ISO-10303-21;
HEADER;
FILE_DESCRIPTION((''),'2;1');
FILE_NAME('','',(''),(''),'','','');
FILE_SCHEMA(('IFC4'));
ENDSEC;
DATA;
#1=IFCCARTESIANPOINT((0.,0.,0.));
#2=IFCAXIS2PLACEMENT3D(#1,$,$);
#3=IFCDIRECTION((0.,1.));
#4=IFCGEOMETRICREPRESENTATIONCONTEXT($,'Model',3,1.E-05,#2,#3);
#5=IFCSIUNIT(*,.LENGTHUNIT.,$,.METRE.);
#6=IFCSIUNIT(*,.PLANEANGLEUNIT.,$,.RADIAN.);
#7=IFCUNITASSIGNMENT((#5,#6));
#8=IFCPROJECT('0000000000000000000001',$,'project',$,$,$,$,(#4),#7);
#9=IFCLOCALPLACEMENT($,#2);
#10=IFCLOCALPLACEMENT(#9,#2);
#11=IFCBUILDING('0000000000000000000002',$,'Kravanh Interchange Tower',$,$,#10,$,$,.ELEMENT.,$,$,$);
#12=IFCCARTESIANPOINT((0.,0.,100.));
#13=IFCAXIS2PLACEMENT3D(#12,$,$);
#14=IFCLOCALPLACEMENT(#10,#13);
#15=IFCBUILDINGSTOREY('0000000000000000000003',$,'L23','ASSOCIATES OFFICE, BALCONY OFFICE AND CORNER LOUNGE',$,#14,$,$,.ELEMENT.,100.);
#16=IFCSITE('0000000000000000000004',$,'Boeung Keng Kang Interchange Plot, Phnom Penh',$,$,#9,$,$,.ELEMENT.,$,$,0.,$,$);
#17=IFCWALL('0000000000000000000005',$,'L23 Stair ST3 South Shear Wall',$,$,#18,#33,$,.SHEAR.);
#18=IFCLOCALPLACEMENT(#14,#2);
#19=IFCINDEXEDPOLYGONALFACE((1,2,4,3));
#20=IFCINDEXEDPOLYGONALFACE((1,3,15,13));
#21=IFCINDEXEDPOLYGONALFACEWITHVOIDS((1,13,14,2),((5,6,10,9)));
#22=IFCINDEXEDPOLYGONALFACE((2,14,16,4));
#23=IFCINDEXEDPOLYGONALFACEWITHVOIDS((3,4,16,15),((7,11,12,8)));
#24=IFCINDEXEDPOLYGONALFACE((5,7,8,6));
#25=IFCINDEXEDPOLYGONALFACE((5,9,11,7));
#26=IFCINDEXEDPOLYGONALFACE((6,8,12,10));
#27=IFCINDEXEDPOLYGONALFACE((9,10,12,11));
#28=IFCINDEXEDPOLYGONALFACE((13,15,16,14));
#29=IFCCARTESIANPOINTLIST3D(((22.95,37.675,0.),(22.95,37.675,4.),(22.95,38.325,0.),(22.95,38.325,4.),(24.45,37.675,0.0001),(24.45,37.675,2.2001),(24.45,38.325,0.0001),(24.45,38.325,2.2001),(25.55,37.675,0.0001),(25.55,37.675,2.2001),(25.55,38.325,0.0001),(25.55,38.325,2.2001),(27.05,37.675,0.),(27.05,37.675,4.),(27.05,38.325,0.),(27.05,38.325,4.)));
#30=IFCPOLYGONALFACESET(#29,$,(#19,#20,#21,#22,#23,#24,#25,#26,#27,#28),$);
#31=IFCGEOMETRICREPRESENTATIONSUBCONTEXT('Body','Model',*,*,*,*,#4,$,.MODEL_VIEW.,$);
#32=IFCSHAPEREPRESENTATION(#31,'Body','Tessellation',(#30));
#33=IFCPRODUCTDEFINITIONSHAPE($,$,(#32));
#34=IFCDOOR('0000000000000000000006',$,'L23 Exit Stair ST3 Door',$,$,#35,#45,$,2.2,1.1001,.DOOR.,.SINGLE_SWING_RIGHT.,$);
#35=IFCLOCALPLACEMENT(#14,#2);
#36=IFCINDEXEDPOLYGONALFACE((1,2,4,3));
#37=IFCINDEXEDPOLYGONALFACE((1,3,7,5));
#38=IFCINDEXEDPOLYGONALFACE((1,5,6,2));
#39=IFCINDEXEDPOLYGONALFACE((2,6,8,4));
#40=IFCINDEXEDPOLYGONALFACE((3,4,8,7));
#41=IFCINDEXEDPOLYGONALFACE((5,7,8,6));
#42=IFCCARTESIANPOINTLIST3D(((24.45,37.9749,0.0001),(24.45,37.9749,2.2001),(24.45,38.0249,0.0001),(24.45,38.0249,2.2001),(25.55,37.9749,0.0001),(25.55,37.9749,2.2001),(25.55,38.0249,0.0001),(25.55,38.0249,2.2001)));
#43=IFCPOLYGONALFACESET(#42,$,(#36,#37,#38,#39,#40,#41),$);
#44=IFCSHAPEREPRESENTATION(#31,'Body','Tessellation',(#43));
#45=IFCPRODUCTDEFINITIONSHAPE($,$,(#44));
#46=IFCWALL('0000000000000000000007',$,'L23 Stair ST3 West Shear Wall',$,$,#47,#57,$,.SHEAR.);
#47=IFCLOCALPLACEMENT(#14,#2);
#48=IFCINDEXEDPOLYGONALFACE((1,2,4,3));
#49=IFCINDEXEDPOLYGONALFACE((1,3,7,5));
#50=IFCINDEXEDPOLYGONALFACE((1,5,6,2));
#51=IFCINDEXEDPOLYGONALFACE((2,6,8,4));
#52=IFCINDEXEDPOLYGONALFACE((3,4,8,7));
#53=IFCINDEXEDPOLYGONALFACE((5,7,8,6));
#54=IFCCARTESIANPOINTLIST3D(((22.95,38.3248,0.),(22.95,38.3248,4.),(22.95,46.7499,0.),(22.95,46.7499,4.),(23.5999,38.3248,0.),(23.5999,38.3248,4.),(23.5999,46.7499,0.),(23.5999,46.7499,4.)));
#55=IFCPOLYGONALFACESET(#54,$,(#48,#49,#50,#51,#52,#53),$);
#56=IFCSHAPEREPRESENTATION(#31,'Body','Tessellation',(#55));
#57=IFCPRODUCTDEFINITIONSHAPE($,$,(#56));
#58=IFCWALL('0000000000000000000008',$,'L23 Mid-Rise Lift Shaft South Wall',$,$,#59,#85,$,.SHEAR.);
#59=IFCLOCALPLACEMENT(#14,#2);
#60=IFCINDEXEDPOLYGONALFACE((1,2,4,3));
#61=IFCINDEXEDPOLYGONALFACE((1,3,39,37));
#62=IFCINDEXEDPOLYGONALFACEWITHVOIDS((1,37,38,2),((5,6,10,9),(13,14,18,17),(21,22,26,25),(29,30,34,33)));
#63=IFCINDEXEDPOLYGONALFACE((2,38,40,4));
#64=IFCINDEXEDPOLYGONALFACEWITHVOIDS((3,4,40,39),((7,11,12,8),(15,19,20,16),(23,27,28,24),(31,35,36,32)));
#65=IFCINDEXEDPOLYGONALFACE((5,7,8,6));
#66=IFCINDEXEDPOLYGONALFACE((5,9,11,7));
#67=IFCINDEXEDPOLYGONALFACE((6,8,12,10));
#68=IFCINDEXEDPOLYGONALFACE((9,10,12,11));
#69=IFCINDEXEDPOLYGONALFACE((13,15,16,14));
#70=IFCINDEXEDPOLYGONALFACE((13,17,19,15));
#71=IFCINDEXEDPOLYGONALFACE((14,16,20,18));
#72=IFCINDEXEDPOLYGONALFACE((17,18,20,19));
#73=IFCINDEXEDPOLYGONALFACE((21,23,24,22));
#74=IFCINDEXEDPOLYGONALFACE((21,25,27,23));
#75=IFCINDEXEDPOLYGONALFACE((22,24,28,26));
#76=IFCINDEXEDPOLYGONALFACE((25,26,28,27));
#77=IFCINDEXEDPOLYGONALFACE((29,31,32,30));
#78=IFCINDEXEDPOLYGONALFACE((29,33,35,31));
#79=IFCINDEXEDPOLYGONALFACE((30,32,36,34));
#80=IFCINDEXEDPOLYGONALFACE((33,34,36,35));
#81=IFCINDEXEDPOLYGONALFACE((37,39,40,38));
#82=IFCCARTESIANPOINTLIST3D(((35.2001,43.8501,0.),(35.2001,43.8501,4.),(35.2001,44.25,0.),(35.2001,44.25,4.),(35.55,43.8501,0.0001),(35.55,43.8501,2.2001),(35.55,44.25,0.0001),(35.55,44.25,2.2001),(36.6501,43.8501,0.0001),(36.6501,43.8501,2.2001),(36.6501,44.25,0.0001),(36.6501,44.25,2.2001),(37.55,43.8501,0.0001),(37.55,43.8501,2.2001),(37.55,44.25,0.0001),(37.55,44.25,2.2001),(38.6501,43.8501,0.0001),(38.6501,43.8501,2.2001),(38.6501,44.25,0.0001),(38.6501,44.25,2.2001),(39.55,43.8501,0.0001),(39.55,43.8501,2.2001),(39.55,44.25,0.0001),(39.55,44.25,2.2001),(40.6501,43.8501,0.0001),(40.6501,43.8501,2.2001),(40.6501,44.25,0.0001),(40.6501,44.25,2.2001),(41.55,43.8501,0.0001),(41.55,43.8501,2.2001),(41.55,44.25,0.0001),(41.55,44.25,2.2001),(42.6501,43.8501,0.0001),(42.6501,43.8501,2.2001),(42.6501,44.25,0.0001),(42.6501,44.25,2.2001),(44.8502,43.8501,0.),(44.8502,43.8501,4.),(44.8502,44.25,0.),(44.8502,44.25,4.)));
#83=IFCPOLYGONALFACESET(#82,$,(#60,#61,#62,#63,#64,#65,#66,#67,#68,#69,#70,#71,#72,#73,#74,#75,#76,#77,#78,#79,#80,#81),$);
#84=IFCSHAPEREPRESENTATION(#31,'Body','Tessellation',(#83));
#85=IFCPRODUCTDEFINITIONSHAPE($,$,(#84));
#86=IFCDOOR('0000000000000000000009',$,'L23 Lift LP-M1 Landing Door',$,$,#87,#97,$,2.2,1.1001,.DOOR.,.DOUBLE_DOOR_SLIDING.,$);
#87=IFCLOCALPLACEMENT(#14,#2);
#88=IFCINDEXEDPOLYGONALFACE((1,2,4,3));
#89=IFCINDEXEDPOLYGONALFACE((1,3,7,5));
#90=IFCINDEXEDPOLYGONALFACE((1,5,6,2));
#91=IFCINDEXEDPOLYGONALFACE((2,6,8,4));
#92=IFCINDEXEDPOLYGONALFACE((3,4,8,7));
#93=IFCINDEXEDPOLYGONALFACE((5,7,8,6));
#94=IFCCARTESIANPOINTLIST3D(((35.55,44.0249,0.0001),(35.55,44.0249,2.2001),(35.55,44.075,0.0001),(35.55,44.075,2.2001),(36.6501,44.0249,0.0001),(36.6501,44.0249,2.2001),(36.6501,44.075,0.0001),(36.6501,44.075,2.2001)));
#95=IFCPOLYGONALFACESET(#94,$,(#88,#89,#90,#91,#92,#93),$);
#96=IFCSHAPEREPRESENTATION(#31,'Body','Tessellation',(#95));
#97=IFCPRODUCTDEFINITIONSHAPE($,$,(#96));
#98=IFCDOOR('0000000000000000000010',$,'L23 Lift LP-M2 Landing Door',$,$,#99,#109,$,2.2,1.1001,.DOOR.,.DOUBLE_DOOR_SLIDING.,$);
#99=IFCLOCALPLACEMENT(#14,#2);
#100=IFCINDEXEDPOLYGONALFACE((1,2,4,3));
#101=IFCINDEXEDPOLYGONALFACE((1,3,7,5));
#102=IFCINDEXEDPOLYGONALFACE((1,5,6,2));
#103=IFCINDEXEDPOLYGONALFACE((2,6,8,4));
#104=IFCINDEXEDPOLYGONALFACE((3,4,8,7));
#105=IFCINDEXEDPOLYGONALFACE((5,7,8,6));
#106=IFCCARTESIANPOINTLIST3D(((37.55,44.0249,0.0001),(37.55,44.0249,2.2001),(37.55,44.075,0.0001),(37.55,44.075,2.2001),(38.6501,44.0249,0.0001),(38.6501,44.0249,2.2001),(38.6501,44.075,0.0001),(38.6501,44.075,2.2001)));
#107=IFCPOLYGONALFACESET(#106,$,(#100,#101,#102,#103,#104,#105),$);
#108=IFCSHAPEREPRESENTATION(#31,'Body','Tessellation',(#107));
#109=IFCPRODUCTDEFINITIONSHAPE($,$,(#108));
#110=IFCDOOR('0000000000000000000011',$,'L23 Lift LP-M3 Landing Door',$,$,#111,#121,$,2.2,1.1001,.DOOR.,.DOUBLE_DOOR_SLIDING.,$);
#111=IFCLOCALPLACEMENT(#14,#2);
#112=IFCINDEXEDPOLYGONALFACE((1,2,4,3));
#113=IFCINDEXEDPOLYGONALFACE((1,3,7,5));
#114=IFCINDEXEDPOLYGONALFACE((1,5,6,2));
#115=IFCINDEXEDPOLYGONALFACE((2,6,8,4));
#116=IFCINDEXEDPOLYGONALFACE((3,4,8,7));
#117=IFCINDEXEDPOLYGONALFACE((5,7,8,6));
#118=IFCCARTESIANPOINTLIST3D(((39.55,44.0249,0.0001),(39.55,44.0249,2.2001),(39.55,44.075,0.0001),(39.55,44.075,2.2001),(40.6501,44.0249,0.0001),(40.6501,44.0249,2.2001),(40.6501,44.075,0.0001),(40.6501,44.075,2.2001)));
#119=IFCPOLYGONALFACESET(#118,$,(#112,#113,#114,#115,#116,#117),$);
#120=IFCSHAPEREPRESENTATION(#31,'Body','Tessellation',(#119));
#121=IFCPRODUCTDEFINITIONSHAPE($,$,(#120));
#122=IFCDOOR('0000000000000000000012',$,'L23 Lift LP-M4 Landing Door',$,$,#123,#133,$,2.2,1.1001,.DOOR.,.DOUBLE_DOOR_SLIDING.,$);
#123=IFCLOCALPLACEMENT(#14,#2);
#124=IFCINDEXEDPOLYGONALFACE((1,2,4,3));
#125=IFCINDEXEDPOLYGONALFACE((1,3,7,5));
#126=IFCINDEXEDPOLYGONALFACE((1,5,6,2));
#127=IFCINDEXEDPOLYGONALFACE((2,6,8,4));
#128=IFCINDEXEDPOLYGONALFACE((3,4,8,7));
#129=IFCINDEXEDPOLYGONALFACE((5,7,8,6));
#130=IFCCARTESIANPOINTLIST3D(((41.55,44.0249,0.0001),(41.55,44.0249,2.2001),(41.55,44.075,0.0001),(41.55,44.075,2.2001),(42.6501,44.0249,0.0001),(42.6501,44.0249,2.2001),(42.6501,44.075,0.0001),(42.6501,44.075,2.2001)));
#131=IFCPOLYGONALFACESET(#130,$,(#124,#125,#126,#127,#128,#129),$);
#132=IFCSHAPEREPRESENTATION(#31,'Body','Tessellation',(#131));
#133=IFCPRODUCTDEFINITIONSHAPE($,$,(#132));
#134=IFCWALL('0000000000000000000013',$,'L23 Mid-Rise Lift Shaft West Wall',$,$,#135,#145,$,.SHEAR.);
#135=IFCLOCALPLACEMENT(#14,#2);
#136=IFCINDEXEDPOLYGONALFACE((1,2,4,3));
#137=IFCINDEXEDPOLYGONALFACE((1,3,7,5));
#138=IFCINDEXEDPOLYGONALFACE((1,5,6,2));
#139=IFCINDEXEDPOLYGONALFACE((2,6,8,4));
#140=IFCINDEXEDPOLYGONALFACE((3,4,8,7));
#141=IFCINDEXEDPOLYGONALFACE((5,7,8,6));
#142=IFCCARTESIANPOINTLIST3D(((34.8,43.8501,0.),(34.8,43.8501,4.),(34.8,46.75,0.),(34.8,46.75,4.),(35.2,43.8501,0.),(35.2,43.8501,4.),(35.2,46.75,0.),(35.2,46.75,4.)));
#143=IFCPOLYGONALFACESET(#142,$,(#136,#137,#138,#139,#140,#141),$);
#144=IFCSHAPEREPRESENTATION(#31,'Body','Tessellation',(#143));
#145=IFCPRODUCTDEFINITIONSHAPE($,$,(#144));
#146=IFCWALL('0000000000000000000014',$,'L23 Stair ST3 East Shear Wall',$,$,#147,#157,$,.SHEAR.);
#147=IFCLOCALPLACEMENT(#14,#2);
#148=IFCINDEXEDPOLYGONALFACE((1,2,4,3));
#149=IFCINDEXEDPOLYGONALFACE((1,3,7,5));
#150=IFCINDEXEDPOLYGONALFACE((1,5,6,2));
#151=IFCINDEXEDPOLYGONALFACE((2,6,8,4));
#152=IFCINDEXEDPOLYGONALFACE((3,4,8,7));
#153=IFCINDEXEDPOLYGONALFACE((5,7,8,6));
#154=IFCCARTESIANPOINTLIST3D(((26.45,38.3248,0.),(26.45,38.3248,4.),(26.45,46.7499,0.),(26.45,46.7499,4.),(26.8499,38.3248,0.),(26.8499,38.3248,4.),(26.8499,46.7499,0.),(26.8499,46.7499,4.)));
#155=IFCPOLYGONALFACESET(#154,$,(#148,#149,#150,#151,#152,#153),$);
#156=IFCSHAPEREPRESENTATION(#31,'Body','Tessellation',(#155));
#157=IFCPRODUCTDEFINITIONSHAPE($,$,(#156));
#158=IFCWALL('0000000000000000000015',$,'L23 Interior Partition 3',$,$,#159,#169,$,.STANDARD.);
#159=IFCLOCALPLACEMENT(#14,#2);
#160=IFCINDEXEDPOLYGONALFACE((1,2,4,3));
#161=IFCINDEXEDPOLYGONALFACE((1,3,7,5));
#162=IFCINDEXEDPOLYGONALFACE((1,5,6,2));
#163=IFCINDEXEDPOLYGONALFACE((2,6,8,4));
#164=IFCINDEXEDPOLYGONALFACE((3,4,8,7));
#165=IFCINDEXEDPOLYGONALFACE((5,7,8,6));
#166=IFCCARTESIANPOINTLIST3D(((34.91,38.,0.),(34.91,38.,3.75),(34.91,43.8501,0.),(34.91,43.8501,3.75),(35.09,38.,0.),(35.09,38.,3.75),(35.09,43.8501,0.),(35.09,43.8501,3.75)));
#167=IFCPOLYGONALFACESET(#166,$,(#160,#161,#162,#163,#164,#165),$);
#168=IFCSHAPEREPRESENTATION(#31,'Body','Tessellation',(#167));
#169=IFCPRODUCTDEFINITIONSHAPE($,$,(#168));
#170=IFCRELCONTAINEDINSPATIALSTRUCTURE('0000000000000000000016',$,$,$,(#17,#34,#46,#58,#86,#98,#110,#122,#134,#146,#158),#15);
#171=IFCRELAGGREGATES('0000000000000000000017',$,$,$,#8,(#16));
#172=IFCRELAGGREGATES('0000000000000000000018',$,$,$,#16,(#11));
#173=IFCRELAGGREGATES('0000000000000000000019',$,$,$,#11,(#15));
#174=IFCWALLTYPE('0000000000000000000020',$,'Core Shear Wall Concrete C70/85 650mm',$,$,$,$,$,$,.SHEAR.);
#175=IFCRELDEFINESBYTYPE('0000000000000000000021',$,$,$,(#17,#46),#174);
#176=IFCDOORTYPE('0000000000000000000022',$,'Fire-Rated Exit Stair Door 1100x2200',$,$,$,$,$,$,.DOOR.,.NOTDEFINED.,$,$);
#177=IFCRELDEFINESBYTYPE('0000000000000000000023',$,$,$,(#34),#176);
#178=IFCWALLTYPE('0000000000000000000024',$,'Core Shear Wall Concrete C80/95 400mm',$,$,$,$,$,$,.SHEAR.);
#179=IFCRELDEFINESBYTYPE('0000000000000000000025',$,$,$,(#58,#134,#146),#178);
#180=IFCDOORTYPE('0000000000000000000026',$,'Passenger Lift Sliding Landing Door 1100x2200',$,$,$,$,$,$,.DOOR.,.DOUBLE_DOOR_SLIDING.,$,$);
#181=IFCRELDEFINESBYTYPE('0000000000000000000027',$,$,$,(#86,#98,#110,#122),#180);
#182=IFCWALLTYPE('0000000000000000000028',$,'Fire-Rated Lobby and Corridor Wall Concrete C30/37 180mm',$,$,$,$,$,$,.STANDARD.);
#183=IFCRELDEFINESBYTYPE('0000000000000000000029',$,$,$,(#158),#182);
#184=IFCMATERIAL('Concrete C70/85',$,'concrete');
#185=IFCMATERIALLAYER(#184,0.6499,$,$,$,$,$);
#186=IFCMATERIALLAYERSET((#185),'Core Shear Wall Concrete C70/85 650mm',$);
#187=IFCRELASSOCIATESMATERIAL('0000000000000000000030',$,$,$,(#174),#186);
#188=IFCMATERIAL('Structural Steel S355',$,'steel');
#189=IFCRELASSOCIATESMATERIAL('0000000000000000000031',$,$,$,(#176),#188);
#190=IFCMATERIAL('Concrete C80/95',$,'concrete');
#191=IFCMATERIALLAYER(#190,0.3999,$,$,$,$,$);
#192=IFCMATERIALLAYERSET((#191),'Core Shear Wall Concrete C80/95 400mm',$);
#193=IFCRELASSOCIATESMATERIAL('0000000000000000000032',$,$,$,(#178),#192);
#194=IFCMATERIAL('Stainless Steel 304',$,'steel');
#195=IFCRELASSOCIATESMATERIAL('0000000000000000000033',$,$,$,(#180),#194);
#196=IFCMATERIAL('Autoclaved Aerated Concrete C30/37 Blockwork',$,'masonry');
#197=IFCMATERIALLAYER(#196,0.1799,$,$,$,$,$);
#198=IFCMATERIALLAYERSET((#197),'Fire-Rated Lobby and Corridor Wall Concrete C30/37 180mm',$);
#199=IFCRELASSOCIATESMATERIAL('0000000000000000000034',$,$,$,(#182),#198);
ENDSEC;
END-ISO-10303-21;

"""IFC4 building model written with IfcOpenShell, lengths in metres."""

from ifc_helpers import new_model, si_unit, direction, frame, frame_2d, origin, place, context, subcontext, project, spatial, rectangle, extrude, material, layer, layer_set, type_object, element, fill, save


model = new_model("IFC4")

# Units and contexts
model_context = context("Model", 3, precision=1e-05, world=origin(), true_north=direction((0.0, 1.0)))
body_context = subcontext(model_context, "Body", "Model", "MODEL_VIEW")
ifc_project = project(units=[si_unit("LENGTHUNIT", "METRE"), si_unit("PLANEANGLEUNIT", "RADIAN")], contexts=[model_context])

# Site, building, storey
site_placement = place(None, origin())
site = spatial("IfcSite", under=ifc_project, at=site_placement, Name="Boeung Keng Kang Interchange Plot, Phnom Penh", CompositionType="ELEMENT", RefElevation=0.0)
building_placement = place(site_placement, origin())
building = spatial("IfcBuilding", under=site, at=building_placement, Name="Kravanh Interchange Tower", CompositionType="ELEMENT")
storey_placement = place(building_placement, frame((0.0, 0.0, 100.0)))
storey = spatial("IfcBuildingStorey", under=building, at=storey_placement, Name="L23", Description="ASSOCIATES OFFICE, BALCONY OFFICE AND CORNER LOUNGE", CompositionType="ELEMENT", Elevation=100.0)

# Wall, opening, door
ifc_material_1 = material(Name="Concrete C70/85", Category="concrete")
ifc_layer_1 = layer(ifc_material_1, 0.6499)
ifc_layer_set_1 = layer_set([ifc_layer_1], Name="Core Shear Wall Concrete C70/85 650mm")
wall_type_1 = type_object("IfcWallType", Name="Core Shear Wall Concrete C70/85 650mm", PredefinedType="SHEAR", material=ifc_layer_set_1)
wall_1_placement = place(storey_placement, frame((22.95, 38.0, 0.0), z_axis=(0.0, 0.0, 1.0), x_axis=(1.0, 0.0, 0.0)))
wall_1 = element("IfcWall", 1, at=wall_1_placement, inside=storey, type_object=wall_type_1, Name="L23 Stair ST3 South Shear Wall", PredefinedType="SHEAR", context=body_context, shape_type="SweptSolid", body=[
    extrude(rectangle(XDim=4.1001, YDim=0.6499, at=frame_2d((2.05, 0.0))), origin(), (0.0, 0.0, 1.0), 4.0),
])
opening_1_placement = place(wall_1_placement, frame((1.5, 0.0, 0.0)))
opening_1 = element("IfcOpeningElement", 2, at=opening_1_placement, cuts=wall_1, PredefinedType="OPENING", context=body_context, shape_type="SweptSolid", body=[
    extrude(rectangle(XDim=1.1001, YDim=2.2, at=frame_2d((0.55, 1.1001))), frame((0.0, 0.335, 0.0), z_axis=(0.0, -1.0, 0.0), x_axis=(1.0, 0.0, 0.0)), (0.0, 0.0, 1.0), 0.6699),
])
ifc_material_2 = material(Name="Structural Steel S355", Category="steel")
door_type_1 = type_object("IfcDoorType", Name="Fire-Rated Exit Stair Door 1100x2200", OperationType="NOTDEFINED", PredefinedType="DOOR", material=ifc_material_2)
door_1_placement = place(opening_1_placement, origin())
door_1 = element("IfcDoor", 3, at=door_1_placement, inside=storey, type_object=door_type_1, Name="L23 Exit Stair ST3 Door", OperationType="SINGLE_SWING_RIGHT", OverallHeight=2.2, OverallWidth=1.1001, PredefinedType="DOOR", context=body_context, shape_type="SweptSolid", body=[
    extrude(rectangle(XDim=1.1001, YDim=2.2, at=frame_2d((0.55, 1.1001))), frame((0.0, 0.0249, 0.0), z_axis=(0.0, -1.0, 0.0), x_axis=(1.0, 0.0, 0.0)), (0.0, 0.0, 1.0), 0.05),
])
fill(opening_1, door_1)

# Wall
wall_2_placement = place(storey_placement, frame((23.2749, 38.325, 0.0), z_axis=(0.0, 0.0, 1.0), x_axis=(0.0, 1.0, 0.0)))
element("IfcWall", 4, at=wall_2_placement, inside=storey, type_object=wall_type_1, Name="L23 Stair ST3 West Shear Wall", PredefinedType="SHEAR", context=body_context, shape_type="SweptSolid", body=[
    extrude(rectangle(XDim=8.425, YDim=0.6499, at=frame_2d((4.2124, 0.0))), origin(), (0.0, 0.0, 1.0), 4.0),
])

# Wall, openings, doors
ifc_material_3 = material(Name="Concrete C80/95", Category="concrete")
ifc_layer_2 = layer(ifc_material_3, 0.3999)
ifc_layer_set_2 = layer_set([ifc_layer_2], Name="Core Shear Wall Concrete C80/95 400mm")
wall_type_2 = type_object("IfcWallType", Name="Core Shear Wall Concrete C80/95 400mm", PredefinedType="SHEAR", material=ifc_layer_set_2)
wall_3_placement = place(storey_placement, frame((35.2, 44.05, 0.0), z_axis=(0.0, 0.0, 1.0), x_axis=(1.0, 0.0, 0.0)))
wall_3 = element("IfcWall", 5, at=wall_3_placement, inside=storey, type_object=wall_type_2, Name="L23 Mid-Rise Lift Shaft South Wall", PredefinedType="SHEAR", context=body_context, shape_type="SweptSolid", body=[
    extrude(rectangle(XDim=9.6501, YDim=0.3999, at=frame_2d((4.8252, 0.0))), origin(), (0.0, 0.0, 1.0), 4.0),
])
opening_2_placement = place(wall_3_placement, frame((0.3501, 0.0, 0.0)))
opening_2 = element("IfcOpeningElement", 6, at=opening_2_placement, cuts=wall_3, PredefinedType="OPENING", context=body_context, shape_type="SweptSolid", body=[
    extrude(rectangle(XDim=1.1001, YDim=2.2, at=frame_2d((0.55, 1.1001))), frame((0.0, 0.21, 0.0), z_axis=(0.0, -1.0, 0.0), x_axis=(1.0, 0.0, 0.0)), (0.0, 0.0, 1.0), 0.4199),
])
opening_3_placement = place(wall_3_placement, frame((2.3501, 0.0, 0.0)))
opening_3 = element("IfcOpeningElement", 7, at=opening_3_placement, cuts=wall_3, PredefinedType="OPENING", context=body_context, shape_type="SweptSolid", body=[
    extrude(rectangle(XDim=1.1001, YDim=2.2, at=frame_2d((0.55, 1.1001))), frame((0.0, 0.21, 0.0), z_axis=(0.0, -1.0, 0.0), x_axis=(1.0, 0.0, 0.0)), (0.0, 0.0, 1.0), 0.4199),
])
opening_4_placement = place(wall_3_placement, frame((4.3501, 0.0, 0.0)))
opening_4 = element("IfcOpeningElement", 8, at=opening_4_placement, cuts=wall_3, PredefinedType="OPENING", context=body_context, shape_type="SweptSolid", body=[
    extrude(rectangle(XDim=1.1001, YDim=2.2, at=frame_2d((0.55, 1.1001))), frame((0.0, 0.21, 0.0), z_axis=(0.0, -1.0, 0.0), x_axis=(1.0, 0.0, 0.0)), (0.0, 0.0, 1.0), 0.4199),
])
opening_5_placement = place(wall_3_placement, frame((6.3501, 0.0, 0.0)))
opening_5 = element("IfcOpeningElement", 9, at=opening_5_placement, cuts=wall_3, PredefinedType="OPENING", context=body_context, shape_type="SweptSolid", body=[
    extrude(rectangle(XDim=1.1001, YDim=2.2, at=frame_2d((0.55, 1.1001))), frame((0.0, 0.21, 0.0), z_axis=(0.0, -1.0, 0.0), x_axis=(1.0, 0.0, 0.0)), (0.0, 0.0, 1.0), 0.4199),
])
ifc_material_4 = material(Name="Stainless Steel 304", Category="steel")
door_type_2 = type_object("IfcDoorType", Name="Passenger Lift Sliding Landing Door 1100x2200", OperationType="DOUBLE_DOOR_SLIDING", PredefinedType="DOOR", material=ifc_material_4)
door_2_placement = place(opening_2_placement, origin())
door_2 = element("IfcDoor", 10, at=door_2_placement, inside=storey, type_object=door_type_2, Name="L23 Lift LP-M1 Landing Door", OperationType="DOUBLE_DOOR_SLIDING", OverallHeight=2.2, OverallWidth=1.1001, PredefinedType="DOOR", context=body_context, shape_type="SweptSolid", body=[
    extrude(rectangle(XDim=1.1001, YDim=2.2, at=frame_2d((0.55, 1.1001))), frame((0.0, 0.0249, 0.0), z_axis=(0.0, -1.0, 0.0), x_axis=(1.0, 0.0, 0.0)), (0.0, 0.0, 1.0), 0.05),
])
fill(opening_2, door_2)
door_3_placement = place(opening_3_placement, origin())
door_3 = element("IfcDoor", 11, at=door_3_placement, inside=storey, type_object=door_type_2, Name="L23 Lift LP-M2 Landing Door", OperationType="DOUBLE_DOOR_SLIDING", OverallHeight=2.2, OverallWidth=1.1001, PredefinedType="DOOR", context=body_context, shape_type="SweptSolid", body=[
    extrude(rectangle(XDim=1.1001, YDim=2.2, at=frame_2d((0.55, 1.1001))), frame((0.0, 0.0249, 0.0), z_axis=(0.0, -1.0, 0.0), x_axis=(1.0, 0.0, 0.0)), (0.0, 0.0, 1.0), 0.05),
])
fill(opening_3, door_3)
door_4_placement = place(opening_4_placement, origin())
door_4 = element("IfcDoor", 12, at=door_4_placement, inside=storey, type_object=door_type_2, Name="L23 Lift LP-M3 Landing Door", OperationType="DOUBLE_DOOR_SLIDING", OverallHeight=2.2, OverallWidth=1.1001, PredefinedType="DOOR", context=body_context, shape_type="SweptSolid", body=[
    extrude(rectangle(XDim=1.1001, YDim=2.2, at=frame_2d((0.55, 1.1001))), frame((0.0, 0.0249, 0.0), z_axis=(0.0, -1.0, 0.0), x_axis=(1.0, 0.0, 0.0)), (0.0, 0.0, 1.0), 0.05),
])
fill(opening_4, door_4)
door_5_placement = place(opening_5_placement, origin())
door_5 = element("IfcDoor", 13, at=door_5_placement, inside=storey, type_object=door_type_2, Name="L23 Lift LP-M4 Landing Door", OperationType="DOUBLE_DOOR_SLIDING", OverallHeight=2.2, OverallWidth=1.1001, PredefinedType="DOOR", context=body_context, shape_type="SweptSolid", body=[
    extrude(rectangle(XDim=1.1001, YDim=2.2, at=frame_2d((0.55, 1.1001))), frame((0.0, 0.0249, 0.0), z_axis=(0.0, -1.0, 0.0), x_axis=(1.0, 0.0, 0.0)), (0.0, 0.0, 1.0), 0.05),
])
fill(opening_5, door_5)

# Walls
wall_4_placement = place(storey_placement, frame((35.0, 43.8501, 0.0), z_axis=(0.0, 0.0, 1.0), x_axis=(0.0, 1.0, 0.0)))
element("IfcWall", 14, at=wall_4_placement, inside=storey, type_object=wall_type_2, Name="L23 Mid-Rise Lift Shaft West Wall", PredefinedType="SHEAR", context=body_context, shape_type="SweptSolid", body=[
    extrude(rectangle(XDim=2.8999, YDim=0.3999, at=frame_2d((1.45, 0.0))), origin(), (0.0, 0.0, 1.0), 4.0),
])
wall_5_placement = place(storey_placement, frame((26.6499, 38.325, 0.0), z_axis=(0.0, 0.0, 1.0), x_axis=(0.0, 1.0, 0.0)))
element("IfcWall", 15, at=wall_5_placement, inside=storey, type_object=wall_type_2, Name="L23 Stair ST3 East Shear Wall", PredefinedType="SHEAR", context=body_context, shape_type="SweptSolid", body=[
    extrude(rectangle(XDim=8.425, YDim=0.3999, at=frame_2d((4.2124, 0.0))), origin(), (0.0, 0.0, 1.0), 4.0),
])
ifc_material_5 = material(Name="Autoclaved Aerated Concrete C30/37 Blockwork", Category="masonry")
ifc_layer_3 = layer(ifc_material_5, 0.1799)
ifc_layer_set_3 = layer_set([ifc_layer_3], Name="Fire-Rated Lobby and Corridor Wall Concrete C30/37 180mm")
wall_type_3 = type_object("IfcWallType", Name="Fire-Rated Lobby and Corridor Wall Concrete C30/37 180mm", PredefinedType="STANDARD", material=ifc_layer_set_3)
wall_6_placement = place(storey_placement, frame((35.0, 38.0, 0.0), z_axis=(0.0, 0.0, 1.0), x_axis=(0.0, 1.0, 0.0)))
element("IfcWall", 16, at=wall_6_placement, inside=storey, type_object=wall_type_3, Name="L23 Interior Partition 3", PredefinedType="STANDARD", context=body_context, shape_type="SweptSolid", body=[
    extrude(rectangle(XDim=5.8501, YDim=0.1799, at=frame_2d((2.925, 0.0))), origin(), (0.0, 0.0, 1.0), 3.75),
])

save(model, "model.ifc")
